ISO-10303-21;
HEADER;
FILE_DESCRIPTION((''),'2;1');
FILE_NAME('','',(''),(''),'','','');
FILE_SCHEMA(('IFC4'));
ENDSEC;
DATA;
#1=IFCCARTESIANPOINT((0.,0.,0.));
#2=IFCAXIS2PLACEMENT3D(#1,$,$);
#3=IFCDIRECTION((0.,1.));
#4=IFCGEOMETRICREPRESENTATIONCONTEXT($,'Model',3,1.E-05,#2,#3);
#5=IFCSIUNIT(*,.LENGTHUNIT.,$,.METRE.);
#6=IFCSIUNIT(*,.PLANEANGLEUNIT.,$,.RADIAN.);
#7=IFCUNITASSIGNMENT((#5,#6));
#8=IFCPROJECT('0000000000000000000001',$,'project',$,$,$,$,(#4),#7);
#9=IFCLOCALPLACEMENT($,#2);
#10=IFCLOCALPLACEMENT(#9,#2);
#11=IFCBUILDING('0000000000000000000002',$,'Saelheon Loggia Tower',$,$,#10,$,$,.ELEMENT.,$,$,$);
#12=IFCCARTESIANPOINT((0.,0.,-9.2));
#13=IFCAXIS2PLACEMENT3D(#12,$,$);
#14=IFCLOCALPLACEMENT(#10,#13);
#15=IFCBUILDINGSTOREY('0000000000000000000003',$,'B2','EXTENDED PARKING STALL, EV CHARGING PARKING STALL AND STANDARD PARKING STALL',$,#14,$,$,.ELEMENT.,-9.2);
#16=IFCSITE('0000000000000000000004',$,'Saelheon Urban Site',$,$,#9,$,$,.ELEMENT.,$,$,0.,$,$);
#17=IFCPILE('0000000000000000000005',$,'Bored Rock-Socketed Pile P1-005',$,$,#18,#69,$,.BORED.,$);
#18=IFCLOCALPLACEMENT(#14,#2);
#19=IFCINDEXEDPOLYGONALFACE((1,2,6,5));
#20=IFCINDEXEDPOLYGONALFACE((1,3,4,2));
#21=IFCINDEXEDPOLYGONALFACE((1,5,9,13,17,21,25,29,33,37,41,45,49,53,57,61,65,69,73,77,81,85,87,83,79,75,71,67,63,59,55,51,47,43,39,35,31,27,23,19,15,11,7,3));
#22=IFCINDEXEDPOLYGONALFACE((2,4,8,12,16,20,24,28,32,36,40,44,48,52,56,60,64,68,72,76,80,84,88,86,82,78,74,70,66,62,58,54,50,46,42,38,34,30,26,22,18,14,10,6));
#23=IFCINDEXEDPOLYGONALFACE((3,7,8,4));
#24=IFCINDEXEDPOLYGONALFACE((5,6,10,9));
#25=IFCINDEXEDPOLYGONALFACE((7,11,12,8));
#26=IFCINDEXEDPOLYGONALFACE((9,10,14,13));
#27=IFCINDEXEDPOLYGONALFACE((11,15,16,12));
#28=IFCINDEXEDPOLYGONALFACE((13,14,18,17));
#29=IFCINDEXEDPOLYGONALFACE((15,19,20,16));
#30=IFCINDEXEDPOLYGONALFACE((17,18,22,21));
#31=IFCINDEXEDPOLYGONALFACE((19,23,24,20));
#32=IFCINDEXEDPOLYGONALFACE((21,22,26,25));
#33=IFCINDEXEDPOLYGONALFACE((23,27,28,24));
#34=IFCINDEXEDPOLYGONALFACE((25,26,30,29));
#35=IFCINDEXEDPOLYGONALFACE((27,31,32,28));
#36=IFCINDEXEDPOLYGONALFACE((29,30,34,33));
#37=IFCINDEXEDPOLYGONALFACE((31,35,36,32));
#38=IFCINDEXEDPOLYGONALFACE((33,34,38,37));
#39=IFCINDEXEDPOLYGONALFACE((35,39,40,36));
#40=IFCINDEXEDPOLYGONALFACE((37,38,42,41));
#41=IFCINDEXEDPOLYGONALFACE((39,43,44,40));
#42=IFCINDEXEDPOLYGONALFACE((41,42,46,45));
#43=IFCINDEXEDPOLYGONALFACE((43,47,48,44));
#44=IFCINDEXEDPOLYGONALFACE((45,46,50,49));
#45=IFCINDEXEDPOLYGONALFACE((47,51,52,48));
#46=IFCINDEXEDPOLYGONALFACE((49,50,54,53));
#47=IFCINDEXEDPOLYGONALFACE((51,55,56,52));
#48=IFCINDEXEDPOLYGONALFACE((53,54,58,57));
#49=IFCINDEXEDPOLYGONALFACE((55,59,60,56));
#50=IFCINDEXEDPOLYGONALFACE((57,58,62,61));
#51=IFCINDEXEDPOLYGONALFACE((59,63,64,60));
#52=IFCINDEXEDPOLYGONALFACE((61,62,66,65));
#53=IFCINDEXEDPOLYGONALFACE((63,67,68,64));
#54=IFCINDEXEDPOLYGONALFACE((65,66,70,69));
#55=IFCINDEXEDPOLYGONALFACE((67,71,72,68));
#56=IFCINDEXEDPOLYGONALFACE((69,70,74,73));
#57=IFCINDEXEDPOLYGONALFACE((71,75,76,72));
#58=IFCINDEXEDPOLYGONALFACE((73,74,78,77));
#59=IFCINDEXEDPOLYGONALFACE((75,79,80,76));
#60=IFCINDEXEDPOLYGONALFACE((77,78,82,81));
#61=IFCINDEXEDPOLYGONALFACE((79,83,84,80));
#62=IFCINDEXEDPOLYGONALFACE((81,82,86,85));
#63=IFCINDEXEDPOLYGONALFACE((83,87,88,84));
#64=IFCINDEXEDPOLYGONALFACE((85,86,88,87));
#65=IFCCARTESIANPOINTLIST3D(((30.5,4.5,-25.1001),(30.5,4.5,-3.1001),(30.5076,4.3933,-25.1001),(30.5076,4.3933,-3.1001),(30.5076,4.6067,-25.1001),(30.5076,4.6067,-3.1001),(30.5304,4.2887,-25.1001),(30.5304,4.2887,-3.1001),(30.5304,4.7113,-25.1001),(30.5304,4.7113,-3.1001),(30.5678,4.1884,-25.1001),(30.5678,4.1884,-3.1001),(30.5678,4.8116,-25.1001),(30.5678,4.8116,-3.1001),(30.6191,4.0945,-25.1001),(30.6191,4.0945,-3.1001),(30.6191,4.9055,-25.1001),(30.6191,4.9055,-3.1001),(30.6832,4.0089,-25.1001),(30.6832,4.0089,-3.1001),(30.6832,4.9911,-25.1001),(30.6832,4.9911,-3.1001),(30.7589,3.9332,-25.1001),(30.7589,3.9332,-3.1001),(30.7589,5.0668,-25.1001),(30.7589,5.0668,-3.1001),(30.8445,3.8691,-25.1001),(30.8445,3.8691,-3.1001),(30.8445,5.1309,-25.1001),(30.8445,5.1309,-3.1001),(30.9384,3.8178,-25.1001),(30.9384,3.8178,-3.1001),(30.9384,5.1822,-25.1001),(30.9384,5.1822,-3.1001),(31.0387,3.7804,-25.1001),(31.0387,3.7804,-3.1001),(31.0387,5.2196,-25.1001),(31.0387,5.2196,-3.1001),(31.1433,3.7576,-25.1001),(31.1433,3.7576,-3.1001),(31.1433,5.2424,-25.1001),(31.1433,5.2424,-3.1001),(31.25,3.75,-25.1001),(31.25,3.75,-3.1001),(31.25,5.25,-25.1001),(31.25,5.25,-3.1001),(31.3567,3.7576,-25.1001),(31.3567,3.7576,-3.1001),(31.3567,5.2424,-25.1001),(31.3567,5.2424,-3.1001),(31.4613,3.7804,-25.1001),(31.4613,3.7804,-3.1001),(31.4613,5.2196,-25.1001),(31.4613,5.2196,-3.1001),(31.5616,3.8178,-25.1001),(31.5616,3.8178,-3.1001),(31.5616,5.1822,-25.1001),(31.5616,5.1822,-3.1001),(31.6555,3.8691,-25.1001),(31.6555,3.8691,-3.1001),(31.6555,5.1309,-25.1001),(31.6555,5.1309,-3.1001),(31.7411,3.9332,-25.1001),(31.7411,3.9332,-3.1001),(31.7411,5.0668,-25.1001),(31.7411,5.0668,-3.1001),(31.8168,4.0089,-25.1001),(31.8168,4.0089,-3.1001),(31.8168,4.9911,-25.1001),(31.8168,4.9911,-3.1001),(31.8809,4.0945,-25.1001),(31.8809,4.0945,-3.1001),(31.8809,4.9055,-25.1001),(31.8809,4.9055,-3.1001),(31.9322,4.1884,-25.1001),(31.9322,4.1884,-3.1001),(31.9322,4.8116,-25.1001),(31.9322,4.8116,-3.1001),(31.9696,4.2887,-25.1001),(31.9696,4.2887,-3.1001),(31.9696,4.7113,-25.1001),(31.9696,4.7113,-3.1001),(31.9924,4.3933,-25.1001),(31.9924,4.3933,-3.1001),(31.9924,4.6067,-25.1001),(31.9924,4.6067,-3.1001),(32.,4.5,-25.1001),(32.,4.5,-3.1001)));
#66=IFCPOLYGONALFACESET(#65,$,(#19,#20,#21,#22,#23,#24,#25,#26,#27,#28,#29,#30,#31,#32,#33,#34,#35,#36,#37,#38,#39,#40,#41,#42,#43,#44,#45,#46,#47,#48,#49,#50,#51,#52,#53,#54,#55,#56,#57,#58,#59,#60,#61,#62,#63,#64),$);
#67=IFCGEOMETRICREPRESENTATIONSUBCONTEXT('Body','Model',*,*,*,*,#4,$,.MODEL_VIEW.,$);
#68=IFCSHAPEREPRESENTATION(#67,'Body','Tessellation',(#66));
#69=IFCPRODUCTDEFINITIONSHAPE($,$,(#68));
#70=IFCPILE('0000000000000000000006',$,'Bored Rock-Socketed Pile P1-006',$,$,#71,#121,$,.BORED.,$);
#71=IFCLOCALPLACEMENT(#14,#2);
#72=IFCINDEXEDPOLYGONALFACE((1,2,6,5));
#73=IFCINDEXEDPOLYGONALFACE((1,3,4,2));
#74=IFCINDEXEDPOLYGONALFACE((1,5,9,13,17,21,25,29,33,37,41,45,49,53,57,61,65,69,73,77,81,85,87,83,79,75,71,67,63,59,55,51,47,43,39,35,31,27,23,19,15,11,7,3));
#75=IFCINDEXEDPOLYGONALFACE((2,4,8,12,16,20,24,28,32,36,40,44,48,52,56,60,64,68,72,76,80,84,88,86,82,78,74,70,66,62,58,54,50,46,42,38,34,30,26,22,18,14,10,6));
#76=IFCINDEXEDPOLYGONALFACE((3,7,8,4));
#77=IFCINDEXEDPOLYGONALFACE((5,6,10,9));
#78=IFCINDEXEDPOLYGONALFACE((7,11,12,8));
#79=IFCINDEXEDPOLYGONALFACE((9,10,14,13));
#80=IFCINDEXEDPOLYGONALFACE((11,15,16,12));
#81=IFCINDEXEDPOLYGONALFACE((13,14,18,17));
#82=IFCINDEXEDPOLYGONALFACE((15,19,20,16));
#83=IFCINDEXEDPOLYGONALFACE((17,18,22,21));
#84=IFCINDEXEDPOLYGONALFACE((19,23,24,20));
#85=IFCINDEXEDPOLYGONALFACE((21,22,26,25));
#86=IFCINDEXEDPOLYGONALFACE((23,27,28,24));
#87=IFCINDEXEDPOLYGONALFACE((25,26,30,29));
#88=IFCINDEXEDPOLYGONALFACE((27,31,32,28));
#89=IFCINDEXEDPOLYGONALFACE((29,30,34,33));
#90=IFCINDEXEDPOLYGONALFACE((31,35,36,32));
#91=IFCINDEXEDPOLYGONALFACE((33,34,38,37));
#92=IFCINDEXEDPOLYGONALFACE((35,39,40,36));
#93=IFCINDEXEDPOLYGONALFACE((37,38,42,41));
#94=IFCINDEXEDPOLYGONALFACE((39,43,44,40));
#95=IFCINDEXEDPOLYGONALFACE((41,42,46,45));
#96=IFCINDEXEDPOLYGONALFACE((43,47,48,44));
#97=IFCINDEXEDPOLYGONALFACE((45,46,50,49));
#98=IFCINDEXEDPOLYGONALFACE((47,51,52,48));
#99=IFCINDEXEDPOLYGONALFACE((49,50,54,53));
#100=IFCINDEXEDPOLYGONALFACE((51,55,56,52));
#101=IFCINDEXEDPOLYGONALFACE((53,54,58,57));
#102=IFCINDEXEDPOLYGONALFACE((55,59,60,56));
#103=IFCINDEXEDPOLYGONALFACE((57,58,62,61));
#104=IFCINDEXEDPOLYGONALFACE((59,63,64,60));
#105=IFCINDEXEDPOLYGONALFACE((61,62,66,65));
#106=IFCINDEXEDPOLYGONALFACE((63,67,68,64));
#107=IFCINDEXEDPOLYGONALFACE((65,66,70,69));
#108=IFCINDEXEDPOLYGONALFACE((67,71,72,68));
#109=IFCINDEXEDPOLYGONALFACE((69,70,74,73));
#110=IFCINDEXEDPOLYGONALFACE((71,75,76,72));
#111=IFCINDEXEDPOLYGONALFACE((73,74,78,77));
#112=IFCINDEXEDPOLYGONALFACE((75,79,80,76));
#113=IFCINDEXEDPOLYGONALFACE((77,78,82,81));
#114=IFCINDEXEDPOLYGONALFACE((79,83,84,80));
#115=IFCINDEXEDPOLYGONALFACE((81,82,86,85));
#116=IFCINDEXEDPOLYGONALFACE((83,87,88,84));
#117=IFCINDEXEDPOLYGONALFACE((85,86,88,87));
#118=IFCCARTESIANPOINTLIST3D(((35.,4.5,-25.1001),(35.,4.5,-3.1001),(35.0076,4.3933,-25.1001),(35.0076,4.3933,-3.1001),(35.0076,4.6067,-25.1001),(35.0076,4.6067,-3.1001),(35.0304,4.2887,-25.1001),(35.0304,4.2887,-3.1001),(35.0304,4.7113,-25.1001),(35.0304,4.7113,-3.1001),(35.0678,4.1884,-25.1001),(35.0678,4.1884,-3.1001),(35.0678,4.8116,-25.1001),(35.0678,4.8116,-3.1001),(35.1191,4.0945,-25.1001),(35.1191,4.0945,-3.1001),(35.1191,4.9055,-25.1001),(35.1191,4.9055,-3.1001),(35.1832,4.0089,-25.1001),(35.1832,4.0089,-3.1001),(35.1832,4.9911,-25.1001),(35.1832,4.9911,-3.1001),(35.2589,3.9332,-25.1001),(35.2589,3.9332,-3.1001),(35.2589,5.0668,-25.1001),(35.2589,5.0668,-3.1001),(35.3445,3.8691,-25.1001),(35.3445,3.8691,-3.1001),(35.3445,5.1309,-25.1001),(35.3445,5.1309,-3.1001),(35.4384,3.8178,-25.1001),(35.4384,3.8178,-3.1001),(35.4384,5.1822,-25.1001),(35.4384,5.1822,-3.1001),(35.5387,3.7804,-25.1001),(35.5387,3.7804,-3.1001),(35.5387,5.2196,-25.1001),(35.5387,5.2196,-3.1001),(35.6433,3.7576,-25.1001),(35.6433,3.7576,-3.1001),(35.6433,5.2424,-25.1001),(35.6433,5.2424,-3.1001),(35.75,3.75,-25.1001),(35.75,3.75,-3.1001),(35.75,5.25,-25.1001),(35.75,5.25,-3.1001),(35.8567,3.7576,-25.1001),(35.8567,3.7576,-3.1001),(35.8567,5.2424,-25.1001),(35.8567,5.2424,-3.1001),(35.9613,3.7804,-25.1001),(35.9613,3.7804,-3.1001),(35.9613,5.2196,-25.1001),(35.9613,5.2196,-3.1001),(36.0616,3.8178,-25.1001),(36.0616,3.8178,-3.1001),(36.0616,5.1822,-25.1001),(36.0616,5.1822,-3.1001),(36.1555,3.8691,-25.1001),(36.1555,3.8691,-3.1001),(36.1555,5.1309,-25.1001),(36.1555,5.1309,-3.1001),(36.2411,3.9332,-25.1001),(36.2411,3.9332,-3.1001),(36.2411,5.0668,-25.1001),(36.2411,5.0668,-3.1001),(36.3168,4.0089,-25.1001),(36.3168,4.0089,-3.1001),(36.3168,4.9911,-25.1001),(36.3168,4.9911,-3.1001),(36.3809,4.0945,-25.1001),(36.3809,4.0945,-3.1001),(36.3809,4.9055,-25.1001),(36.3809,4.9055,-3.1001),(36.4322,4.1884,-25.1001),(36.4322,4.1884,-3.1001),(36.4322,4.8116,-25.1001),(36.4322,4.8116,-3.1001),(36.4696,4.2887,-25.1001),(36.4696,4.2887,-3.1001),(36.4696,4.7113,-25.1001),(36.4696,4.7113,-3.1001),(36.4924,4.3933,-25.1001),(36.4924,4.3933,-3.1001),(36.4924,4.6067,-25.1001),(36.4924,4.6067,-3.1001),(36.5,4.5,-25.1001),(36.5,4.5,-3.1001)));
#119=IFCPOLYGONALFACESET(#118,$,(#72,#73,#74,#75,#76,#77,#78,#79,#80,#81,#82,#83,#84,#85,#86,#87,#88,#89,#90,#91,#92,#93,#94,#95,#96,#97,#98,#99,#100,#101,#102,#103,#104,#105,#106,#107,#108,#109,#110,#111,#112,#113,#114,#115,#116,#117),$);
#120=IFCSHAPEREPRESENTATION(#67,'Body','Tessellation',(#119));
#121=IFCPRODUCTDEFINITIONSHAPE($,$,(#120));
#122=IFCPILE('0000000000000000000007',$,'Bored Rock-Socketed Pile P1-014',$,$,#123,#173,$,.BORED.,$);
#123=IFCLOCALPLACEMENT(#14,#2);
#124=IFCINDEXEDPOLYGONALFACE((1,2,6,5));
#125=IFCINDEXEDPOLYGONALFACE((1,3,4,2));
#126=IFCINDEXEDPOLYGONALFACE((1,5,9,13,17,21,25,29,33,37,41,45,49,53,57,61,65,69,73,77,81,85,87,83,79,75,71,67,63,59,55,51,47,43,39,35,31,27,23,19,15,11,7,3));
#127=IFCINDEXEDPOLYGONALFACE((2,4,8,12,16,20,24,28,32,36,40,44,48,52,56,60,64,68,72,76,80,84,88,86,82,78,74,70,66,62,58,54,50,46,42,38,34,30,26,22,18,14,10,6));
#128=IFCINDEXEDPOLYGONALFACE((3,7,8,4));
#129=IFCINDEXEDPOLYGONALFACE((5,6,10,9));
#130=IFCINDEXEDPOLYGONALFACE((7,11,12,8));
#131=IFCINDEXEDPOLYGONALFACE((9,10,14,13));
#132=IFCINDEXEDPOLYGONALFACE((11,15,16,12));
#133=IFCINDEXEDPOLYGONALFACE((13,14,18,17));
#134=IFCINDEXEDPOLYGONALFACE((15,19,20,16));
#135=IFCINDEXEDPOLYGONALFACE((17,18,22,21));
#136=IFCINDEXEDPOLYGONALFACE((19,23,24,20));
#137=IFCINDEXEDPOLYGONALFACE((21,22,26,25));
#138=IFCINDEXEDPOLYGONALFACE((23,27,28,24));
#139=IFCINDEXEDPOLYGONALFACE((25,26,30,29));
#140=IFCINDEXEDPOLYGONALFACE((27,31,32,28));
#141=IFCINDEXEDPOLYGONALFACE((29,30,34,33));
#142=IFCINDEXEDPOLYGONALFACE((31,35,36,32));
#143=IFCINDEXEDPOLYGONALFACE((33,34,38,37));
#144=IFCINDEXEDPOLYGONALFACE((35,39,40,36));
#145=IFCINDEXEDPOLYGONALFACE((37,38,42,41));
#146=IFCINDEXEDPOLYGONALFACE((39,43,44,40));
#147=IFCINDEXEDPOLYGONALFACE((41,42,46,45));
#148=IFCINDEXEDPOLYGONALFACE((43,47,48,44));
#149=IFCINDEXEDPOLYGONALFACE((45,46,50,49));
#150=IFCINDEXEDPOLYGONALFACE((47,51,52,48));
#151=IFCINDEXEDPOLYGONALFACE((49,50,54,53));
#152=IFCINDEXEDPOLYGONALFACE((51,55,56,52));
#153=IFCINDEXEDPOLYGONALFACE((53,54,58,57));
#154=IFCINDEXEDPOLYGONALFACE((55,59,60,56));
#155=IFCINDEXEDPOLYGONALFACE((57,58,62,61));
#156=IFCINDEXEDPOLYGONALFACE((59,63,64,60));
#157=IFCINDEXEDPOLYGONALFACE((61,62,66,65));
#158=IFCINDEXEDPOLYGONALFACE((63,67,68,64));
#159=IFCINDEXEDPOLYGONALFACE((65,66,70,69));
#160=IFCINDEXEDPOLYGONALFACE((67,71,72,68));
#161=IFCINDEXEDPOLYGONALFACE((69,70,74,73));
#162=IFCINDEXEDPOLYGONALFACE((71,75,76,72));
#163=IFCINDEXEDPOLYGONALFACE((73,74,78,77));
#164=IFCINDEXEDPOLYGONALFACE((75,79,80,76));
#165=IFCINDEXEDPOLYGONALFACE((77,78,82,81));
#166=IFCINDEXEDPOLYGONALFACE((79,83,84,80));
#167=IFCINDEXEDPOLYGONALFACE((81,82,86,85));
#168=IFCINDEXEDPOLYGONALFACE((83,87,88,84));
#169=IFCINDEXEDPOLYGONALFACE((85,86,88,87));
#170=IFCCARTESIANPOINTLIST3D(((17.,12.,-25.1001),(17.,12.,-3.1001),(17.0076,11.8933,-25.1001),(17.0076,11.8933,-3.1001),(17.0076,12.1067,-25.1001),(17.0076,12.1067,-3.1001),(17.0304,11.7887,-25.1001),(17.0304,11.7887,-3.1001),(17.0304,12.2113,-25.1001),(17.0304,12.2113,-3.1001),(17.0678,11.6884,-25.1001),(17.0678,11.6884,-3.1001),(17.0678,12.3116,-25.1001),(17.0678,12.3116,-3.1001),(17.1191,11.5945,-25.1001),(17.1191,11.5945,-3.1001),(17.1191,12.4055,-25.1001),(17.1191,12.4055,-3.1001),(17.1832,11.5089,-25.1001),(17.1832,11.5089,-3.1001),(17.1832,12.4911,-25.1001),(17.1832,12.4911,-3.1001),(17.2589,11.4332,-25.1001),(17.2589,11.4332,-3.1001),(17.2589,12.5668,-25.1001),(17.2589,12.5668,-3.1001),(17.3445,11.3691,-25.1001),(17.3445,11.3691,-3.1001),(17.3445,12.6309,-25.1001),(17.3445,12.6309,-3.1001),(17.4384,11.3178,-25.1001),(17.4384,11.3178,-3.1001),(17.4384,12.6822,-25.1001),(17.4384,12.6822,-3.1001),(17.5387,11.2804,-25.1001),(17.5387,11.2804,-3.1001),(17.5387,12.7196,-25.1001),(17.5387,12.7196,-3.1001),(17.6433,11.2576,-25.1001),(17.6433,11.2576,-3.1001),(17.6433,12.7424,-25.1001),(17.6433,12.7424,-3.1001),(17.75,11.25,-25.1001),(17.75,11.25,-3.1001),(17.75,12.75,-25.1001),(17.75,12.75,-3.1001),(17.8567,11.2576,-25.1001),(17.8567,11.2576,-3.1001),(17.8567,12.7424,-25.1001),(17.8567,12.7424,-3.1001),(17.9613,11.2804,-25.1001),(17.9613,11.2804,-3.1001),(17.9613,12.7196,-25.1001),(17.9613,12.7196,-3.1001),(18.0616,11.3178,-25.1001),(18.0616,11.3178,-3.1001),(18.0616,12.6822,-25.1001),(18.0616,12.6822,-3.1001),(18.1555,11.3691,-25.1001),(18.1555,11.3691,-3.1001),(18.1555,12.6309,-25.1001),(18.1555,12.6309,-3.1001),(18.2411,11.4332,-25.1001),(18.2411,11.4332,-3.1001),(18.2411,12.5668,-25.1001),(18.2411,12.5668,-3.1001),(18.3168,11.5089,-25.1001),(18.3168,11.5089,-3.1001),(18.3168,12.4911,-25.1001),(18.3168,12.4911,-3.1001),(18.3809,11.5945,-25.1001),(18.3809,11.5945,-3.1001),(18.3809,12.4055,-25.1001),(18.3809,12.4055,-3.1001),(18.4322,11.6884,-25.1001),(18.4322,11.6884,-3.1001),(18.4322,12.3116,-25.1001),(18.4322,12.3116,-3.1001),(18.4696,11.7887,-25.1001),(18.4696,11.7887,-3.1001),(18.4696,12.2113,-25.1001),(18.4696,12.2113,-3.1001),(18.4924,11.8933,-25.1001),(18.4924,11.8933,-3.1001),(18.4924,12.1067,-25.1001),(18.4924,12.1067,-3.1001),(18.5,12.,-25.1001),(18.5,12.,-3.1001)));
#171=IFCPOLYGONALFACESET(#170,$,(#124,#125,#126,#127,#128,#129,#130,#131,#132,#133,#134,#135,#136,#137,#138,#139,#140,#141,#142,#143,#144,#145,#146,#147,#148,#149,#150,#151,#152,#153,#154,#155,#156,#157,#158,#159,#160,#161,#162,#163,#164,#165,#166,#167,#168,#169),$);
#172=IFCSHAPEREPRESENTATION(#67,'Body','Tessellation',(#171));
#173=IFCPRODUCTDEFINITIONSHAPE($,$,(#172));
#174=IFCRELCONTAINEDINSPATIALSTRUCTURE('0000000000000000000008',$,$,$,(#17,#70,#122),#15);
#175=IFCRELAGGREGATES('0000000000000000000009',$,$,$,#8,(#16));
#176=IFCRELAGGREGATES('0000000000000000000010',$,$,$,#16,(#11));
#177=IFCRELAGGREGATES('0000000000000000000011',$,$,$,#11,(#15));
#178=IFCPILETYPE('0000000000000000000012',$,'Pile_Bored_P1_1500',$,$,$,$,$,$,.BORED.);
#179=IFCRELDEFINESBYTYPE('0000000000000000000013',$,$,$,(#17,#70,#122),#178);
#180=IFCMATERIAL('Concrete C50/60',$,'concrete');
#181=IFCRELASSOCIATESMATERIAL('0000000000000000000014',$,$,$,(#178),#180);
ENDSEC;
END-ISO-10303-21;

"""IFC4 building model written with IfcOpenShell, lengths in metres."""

from ifc_helpers import new_model, si_unit, direction, frame, origin, origin_2d, place, context, subcontext, project, spatial, circle, extrude, source, transform, mapped, material, material_profile, profile_set, type_object, element, save


model = new_model("IFC4")

# Units and contexts
model_context = context("Model", 3, precision=1e-05, world=origin(), true_north=direction((0.0, 1.0)))
body_context = subcontext(model_context, "Body", "Model", "MODEL_VIEW")
ifc_project = project(units=[si_unit("LENGTHUNIT", "METRE"), si_unit("PLANEANGLEUNIT", "RADIAN")], contexts=[model_context])

# Site, building, storey
site_placement = place(None, origin())
site = spatial("IfcSite", under=ifc_project, at=site_placement, Name="Saelheon Urban Site", CompositionType="ELEMENT", RefElevation=0.0)
building_placement = place(site_placement, origin())
building = spatial("IfcBuilding", under=site, at=building_placement, Name="Saelheon Loggia Tower", CompositionType="ELEMENT")
storey_placement = place(building_placement, frame((0.0, 0.0, -9.2)))
storey = spatial("IfcBuildingStorey", under=building, at=storey_placement, Name="B2", Description="EXTENDED PARKING STALL, EV CHARGING PARKING STALL AND STANDARD PARKING STALL", CompositionType="ELEMENT", Elevation=-9.2)

# Piles
ifc_material_1 = material(Name="Concrete C50/60", Category="concrete")
ifc_material_profile_1 = material_profile(ifc_material_1, circle(Radius=0.75, at=origin_2d()), Name="CIRC-1500")
ifc_profile_set_1 = profile_set([ifc_material_profile_1], Name="Concrete C50/60")
pile_type = type_object("IfcPileType", Name="Pile_Bored_P1_1500", PredefinedType="BORED", material=ifc_profile_set_1)
shared_shape_1 = source(origin(), body_context, "Body", "SweptSolid", [
    extrude(circle(Radius=0.75, at=origin_2d()), origin(), (0.0, 0.0, 1.0), 22.0),
])
for number, where, z_axis, x_axis, name in (
    (1, (31.25, 4.5, -3.1001), (0.0, 0.0, -1.0), (1.0, 0.0, 0.0), "Bored Rock-Socketed Pile P1-005"),
    (2, (35.75, 4.5, -3.1001), (0.0, 0.0, -1.0), (1.0, 0.0, 0.0), "Bored Rock-Socketed Pile P1-006"),
    (3, (17.75, 12.0, -3.1001), (0.0, 0.0, -1.0), (1.0, 0.0, 0.0), "Bored Rock-Socketed Pile P1-014"),
):
    element("IfcPile", number, at=place(storey_placement, frame(where, z_axis=z_axis, x_axis=x_axis)), inside=storey, type_object=pile_type, Name=name, PredefinedType="BORED", context=body_context, shape_type="MappedRepresentation", body=[
        mapped(shared_shape_1, transform((0.0, 0.0, 0.0), scale=1.0)),
    ])

save(model, "model.ifc")
